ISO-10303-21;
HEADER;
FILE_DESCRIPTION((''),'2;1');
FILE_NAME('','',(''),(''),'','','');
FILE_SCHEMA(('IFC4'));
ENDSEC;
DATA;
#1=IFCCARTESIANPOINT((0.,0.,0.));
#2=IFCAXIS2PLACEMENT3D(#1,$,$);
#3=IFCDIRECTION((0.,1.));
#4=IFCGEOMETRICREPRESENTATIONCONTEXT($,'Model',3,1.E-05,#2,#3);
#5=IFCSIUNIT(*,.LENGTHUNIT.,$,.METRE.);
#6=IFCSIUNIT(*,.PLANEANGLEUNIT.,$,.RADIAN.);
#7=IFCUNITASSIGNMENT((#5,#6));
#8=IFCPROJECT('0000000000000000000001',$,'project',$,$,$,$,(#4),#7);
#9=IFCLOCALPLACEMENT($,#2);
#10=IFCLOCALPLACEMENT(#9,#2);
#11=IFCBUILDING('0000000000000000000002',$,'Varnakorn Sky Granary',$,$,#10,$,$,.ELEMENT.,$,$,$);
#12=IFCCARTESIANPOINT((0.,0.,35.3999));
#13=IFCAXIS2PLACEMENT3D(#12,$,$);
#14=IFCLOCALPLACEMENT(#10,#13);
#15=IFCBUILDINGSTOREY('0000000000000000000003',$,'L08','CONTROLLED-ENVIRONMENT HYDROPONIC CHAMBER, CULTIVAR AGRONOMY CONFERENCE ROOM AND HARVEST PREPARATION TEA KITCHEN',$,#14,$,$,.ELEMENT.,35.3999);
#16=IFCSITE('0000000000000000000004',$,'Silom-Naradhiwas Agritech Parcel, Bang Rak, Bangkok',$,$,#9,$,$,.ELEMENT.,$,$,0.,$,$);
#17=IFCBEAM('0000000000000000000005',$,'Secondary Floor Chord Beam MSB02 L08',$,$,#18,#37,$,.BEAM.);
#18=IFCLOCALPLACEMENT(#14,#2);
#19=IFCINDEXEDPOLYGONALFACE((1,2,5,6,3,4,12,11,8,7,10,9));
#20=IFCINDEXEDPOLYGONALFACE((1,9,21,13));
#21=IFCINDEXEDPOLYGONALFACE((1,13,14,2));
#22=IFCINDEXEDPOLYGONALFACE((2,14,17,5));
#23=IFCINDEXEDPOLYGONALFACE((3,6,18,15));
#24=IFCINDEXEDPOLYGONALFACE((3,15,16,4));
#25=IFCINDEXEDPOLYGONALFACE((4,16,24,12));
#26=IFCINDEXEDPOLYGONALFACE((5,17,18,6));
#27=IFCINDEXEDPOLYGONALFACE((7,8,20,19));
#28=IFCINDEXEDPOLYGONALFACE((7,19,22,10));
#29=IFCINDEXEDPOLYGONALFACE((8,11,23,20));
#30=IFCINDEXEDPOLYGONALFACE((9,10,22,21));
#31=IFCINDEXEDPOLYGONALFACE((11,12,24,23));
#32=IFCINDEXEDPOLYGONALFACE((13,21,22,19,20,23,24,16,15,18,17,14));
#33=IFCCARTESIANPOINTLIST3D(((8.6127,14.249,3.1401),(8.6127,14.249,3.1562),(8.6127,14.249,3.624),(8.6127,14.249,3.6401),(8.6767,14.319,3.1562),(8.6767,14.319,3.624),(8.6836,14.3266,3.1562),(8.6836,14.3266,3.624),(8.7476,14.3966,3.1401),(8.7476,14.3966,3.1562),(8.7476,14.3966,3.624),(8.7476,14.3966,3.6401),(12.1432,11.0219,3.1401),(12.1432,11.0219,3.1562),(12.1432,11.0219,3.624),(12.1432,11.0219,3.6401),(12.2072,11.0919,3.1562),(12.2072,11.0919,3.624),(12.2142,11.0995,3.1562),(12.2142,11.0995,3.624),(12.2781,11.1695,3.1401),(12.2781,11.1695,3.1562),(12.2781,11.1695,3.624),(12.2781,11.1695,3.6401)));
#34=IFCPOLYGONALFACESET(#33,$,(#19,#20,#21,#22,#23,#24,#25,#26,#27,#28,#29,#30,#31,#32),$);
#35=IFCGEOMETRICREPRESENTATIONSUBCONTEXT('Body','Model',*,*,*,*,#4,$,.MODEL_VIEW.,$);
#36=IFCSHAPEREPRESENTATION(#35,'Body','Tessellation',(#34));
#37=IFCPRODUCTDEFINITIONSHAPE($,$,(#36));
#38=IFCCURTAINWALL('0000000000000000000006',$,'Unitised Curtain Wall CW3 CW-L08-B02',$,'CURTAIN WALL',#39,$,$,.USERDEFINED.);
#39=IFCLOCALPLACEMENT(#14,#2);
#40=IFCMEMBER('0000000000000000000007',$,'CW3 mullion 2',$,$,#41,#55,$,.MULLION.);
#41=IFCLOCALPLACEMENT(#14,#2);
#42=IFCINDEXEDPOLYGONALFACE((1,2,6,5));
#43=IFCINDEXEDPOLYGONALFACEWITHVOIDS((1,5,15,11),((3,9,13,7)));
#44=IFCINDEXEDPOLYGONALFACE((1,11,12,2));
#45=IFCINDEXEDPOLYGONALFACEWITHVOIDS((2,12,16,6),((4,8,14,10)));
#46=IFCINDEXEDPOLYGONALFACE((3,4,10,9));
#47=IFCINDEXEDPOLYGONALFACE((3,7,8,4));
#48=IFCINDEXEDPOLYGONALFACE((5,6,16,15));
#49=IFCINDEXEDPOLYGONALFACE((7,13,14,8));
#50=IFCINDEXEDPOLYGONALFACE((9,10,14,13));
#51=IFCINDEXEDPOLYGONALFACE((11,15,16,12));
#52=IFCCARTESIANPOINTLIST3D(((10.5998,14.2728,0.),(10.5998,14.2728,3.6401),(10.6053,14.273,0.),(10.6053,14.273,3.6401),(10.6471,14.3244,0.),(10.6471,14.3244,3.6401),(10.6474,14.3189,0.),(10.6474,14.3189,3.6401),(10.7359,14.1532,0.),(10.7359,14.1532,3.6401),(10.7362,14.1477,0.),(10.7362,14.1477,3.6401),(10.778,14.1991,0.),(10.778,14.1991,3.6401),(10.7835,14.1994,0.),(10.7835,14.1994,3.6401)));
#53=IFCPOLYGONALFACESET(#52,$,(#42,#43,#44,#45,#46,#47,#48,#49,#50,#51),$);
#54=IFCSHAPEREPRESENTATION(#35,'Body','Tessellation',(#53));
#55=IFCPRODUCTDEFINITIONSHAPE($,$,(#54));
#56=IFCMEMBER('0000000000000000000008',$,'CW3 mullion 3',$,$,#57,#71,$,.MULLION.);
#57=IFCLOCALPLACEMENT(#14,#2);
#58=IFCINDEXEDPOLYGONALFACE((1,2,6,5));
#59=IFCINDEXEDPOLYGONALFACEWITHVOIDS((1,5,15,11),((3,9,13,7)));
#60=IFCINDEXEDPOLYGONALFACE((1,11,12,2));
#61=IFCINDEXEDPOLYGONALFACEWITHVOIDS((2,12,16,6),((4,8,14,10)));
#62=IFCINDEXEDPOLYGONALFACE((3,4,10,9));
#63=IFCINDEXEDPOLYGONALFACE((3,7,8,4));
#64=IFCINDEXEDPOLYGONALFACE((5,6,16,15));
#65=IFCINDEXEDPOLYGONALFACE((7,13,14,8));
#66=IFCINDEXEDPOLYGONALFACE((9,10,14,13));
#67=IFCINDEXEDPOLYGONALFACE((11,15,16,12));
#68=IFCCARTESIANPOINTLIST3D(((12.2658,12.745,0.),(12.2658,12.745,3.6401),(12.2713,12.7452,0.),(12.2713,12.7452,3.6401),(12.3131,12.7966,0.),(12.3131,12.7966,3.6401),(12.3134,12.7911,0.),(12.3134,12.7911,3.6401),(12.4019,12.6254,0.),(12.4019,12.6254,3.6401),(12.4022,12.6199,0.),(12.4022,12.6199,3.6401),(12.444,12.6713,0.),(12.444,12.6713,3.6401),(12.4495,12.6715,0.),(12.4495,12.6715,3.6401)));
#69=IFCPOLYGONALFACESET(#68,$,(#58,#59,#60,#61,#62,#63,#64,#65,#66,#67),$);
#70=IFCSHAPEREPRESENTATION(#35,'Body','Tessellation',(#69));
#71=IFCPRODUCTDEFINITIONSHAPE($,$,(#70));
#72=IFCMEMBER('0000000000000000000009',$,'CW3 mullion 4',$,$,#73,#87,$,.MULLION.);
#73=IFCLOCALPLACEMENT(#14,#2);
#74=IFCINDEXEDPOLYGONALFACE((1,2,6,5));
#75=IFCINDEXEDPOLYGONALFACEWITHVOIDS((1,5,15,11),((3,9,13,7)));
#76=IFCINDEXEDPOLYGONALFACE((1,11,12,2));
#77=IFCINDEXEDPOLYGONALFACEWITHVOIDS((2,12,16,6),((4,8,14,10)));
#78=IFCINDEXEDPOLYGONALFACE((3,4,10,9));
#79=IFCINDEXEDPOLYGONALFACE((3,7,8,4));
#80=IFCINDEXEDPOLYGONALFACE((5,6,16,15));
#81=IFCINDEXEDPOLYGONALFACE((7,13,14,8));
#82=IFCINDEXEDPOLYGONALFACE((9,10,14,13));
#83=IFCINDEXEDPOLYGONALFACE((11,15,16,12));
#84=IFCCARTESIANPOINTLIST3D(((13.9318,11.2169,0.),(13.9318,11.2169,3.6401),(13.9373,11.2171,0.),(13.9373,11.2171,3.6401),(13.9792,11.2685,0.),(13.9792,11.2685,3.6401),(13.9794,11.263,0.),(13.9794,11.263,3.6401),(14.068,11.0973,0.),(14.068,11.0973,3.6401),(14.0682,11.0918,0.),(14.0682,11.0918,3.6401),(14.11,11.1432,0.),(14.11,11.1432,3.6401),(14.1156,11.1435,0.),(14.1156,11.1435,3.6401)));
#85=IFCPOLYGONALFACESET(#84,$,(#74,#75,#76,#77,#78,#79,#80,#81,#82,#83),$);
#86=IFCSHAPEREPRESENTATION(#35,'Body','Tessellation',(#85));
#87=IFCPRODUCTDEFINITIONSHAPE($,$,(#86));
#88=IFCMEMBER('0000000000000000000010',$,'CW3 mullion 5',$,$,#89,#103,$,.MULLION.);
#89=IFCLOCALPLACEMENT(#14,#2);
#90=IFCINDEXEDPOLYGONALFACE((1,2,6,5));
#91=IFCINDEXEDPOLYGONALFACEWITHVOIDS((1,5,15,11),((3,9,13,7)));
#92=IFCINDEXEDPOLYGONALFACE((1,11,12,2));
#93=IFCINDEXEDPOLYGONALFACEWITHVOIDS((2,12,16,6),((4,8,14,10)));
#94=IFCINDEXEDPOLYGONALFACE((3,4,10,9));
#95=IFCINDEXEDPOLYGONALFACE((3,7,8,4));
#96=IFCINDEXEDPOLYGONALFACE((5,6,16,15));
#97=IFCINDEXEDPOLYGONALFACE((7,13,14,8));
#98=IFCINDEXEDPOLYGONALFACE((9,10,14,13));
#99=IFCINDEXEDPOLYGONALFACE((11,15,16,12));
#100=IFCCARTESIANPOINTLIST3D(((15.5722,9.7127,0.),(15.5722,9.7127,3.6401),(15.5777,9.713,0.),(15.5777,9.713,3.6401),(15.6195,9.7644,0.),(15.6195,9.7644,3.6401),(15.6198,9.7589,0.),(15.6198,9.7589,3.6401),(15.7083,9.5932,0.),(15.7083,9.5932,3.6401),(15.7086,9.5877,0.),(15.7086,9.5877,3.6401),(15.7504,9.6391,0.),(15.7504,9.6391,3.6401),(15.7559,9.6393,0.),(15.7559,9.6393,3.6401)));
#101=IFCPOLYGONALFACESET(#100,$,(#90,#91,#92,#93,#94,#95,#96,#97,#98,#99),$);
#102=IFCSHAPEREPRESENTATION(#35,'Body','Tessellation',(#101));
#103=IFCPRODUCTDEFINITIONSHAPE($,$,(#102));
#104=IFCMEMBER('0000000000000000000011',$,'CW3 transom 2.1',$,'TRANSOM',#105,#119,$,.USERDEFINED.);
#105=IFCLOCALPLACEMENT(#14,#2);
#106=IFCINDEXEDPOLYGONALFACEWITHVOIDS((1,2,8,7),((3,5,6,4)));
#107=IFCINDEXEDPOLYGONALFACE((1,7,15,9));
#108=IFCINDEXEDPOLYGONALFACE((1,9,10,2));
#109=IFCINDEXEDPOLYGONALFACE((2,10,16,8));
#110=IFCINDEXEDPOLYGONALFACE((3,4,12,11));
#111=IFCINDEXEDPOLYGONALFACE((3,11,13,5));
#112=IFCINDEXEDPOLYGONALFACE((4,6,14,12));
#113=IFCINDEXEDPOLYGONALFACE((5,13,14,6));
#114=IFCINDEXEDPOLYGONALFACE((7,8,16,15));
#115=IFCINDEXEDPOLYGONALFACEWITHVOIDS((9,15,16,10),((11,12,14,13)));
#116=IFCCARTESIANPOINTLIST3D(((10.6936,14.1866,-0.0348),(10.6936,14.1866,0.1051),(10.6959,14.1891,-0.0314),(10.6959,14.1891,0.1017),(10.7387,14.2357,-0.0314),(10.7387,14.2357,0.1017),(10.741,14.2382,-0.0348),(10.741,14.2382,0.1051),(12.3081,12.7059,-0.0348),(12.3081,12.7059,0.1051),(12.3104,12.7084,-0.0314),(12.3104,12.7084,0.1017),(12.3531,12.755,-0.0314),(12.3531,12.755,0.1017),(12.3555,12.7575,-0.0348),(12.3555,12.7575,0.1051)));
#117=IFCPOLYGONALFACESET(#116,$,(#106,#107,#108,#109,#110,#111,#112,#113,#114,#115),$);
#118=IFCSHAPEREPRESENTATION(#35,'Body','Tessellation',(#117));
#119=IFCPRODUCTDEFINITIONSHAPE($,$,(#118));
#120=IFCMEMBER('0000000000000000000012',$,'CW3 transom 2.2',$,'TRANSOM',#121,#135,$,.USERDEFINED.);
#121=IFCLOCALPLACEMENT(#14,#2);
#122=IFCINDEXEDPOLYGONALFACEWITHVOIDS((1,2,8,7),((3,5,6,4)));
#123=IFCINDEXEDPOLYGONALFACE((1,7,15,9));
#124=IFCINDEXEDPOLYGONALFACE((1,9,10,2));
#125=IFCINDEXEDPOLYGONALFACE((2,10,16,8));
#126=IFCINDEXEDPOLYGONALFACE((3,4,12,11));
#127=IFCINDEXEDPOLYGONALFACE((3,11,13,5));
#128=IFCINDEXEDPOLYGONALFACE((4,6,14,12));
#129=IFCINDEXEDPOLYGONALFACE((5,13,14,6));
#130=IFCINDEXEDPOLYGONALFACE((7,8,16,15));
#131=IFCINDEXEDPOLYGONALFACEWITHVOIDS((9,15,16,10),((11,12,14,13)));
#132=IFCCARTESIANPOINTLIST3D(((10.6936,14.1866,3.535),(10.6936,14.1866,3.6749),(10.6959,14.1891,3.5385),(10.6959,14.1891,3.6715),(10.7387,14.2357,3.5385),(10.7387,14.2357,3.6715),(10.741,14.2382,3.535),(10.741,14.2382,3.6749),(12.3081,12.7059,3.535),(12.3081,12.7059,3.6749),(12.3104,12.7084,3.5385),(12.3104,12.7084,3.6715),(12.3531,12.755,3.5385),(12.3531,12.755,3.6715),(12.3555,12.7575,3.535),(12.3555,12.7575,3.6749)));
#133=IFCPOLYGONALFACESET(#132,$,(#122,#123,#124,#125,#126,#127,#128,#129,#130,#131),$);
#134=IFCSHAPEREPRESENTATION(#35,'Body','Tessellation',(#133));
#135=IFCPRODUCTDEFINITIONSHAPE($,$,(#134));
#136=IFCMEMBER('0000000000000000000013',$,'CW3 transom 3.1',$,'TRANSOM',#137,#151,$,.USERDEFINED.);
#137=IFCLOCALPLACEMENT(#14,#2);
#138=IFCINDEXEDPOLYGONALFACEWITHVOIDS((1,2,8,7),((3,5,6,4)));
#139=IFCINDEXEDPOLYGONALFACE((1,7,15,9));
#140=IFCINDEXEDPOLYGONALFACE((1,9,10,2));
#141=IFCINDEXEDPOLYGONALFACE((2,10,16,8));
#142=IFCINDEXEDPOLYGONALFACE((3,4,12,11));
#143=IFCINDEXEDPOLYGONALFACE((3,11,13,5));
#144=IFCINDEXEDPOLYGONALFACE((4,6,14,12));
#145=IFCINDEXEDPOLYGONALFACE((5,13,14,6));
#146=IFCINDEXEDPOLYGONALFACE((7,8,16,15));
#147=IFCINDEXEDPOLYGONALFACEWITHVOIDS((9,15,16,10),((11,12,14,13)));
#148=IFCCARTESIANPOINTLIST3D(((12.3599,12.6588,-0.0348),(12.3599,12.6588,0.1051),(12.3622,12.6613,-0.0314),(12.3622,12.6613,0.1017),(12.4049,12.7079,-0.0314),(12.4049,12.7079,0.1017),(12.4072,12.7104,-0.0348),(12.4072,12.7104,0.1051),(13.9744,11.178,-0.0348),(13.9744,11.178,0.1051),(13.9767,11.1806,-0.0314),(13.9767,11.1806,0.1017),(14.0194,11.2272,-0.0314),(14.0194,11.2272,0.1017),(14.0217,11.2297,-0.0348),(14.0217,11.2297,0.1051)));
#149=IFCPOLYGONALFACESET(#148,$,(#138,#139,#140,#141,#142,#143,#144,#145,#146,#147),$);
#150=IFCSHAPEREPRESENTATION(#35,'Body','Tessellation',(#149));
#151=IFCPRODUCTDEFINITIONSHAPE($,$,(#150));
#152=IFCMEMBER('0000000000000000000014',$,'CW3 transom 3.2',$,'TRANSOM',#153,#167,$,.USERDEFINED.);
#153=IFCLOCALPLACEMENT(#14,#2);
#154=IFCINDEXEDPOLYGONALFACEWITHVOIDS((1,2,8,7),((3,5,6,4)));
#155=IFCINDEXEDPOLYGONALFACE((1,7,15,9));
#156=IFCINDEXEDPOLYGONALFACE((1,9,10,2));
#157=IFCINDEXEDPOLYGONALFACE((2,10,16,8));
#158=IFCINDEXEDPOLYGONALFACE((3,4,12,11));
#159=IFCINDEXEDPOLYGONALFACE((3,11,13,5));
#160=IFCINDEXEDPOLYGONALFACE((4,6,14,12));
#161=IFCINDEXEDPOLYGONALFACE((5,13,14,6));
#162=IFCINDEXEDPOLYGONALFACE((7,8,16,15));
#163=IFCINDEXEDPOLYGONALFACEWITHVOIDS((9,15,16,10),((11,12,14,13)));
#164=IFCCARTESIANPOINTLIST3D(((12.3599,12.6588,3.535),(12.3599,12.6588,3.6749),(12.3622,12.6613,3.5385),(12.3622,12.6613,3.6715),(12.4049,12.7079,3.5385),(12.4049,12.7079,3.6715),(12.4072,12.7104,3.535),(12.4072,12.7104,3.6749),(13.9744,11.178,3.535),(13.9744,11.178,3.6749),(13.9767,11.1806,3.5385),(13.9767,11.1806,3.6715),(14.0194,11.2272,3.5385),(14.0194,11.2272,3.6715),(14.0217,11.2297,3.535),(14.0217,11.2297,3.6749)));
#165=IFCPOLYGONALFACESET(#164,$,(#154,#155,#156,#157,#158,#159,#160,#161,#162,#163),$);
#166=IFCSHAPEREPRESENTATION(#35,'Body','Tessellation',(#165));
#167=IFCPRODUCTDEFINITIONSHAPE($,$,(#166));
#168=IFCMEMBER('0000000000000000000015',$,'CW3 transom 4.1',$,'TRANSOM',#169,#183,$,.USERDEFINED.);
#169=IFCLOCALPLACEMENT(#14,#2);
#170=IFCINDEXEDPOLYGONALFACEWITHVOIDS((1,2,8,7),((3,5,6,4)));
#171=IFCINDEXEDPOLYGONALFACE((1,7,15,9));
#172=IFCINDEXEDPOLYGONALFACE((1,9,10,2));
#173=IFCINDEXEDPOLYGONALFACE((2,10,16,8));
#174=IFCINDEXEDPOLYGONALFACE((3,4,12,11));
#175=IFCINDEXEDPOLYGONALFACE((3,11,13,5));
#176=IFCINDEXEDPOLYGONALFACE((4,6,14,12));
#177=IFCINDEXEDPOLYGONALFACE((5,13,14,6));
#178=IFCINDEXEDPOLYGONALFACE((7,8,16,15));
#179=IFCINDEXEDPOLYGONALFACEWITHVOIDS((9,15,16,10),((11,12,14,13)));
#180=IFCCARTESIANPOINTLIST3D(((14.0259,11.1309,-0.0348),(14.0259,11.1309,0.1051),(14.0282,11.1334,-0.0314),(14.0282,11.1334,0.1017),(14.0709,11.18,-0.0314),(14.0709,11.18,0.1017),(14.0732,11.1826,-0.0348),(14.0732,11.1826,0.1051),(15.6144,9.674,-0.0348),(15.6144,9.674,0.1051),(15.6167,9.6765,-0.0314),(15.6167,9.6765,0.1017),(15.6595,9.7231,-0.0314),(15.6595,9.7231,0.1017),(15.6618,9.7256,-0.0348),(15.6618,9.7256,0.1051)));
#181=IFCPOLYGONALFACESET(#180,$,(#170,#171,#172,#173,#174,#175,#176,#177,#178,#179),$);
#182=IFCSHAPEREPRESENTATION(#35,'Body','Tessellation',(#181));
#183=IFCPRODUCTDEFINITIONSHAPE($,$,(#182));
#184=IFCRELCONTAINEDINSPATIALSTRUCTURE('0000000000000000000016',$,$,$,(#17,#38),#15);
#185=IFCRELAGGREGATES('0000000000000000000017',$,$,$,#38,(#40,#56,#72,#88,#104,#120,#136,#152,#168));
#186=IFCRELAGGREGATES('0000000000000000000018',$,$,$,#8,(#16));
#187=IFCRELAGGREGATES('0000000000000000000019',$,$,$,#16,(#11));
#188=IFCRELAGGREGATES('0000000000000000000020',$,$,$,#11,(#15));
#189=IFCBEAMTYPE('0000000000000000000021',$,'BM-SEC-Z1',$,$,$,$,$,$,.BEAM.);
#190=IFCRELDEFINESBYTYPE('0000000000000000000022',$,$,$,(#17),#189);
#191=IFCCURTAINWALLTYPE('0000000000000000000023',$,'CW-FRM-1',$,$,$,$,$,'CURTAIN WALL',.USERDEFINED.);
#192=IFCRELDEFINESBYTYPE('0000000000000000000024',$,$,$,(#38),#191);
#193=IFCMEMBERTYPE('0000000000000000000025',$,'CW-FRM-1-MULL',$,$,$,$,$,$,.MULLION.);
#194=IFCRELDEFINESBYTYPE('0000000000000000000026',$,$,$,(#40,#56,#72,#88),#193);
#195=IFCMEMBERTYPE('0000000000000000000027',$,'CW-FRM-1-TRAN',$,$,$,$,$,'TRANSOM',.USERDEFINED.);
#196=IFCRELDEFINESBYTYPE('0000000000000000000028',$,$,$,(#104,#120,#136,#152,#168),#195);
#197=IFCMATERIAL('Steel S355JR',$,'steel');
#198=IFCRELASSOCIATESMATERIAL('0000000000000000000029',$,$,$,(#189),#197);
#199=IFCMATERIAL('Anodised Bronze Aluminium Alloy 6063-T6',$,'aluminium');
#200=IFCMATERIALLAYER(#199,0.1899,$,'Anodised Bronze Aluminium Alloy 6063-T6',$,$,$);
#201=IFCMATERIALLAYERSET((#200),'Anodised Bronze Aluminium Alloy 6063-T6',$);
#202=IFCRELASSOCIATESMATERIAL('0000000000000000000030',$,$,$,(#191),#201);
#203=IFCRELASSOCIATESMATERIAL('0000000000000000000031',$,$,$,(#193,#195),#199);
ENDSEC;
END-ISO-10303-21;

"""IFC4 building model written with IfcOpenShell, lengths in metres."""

from ifc_helpers import new_model, si_unit, direction, frame, origin, origin_2d, place, context, subcontext, project, spatial, hollow_rectangle, i_section, extrude, material, layer, layer_set, material_profile, profile_set, type_object, element, aggregate, save


model = new_model("IFC4")

# Units and contexts
model_context = context("Model", 3, precision=1e-05, world=origin(), true_north=direction((0.0, 1.0)))
body_context = subcontext(model_context, "Body", "Model", "MODEL_VIEW")
ifc_project = project(units=[si_unit("LENGTHUNIT", "METRE"), si_unit("PLANEANGLEUNIT", "RADIAN")], contexts=[model_context])

# Site, building, storey
site_placement = place(None, origin())
site = spatial("IfcSite", under=ifc_project, at=site_placement, Name="Silom-Naradhiwas Agritech Parcel, Bang Rak, Bangkok", CompositionType="ELEMENT", RefElevation=0.0)
building_placement = place(site_placement, origin())
building = spatial("IfcBuilding", under=site, at=building_placement, Name="Varnakorn Sky Granary", CompositionType="ELEMENT")
storey_placement = place(building_placement, frame((0.0, 0.0, 35.3999)))
storey = spatial("IfcBuildingStorey", under=building, at=storey_placement, Name="L08", Description="CONTROLLED-ENVIRONMENT HYDROPONIC CHAMBER, CULTIVAR AGRONOMY CONFERENCE ROOM AND HARVEST PREPARATION TEA KITCHEN", CompositionType="ELEMENT", Elevation=35.3999)

# Beam
ifc_material_1 = material(Name="Steel S355JR", Category="steel")
ifc_material_profile_1 = material_profile(ifc_material_1, i_section(OverallWidth=0.2, OverallDepth=0.5, WebThickness=0.0103, FlangeThickness=0.0161, at=origin_2d()), Name="IPE 500")
ifc_profile_set_1 = profile_set([ifc_material_profile_1], Name="Steel S355JR")
beam_type = type_object("IfcBeamType", Name="BM-SEC-Z1", PredefinedType="BEAM", material=ifc_profile_set_1)
beam_placement = place(storey_placement, frame((12.2107, 11.0957, 3.3901), z_axis=(-0.738117, 0.674672, 0.0), x_axis=(-0.674672, -0.738117, 0.0)))
element("IfcBeam", 1, at=beam_placement, inside=storey, type_object=beam_type, Name="Secondary Floor Chord Beam MSB02 L08", PredefinedType="BEAM", context=body_context, shape_type="SweptSolid", body=[
    extrude(i_section(OverallWidth=0.2, OverallDepth=0.5, WebThickness=0.0103, FlangeThickness=0.0161, at=origin_2d()), origin(), (0.0, 0.0, 1.0), 4.7832),
])

# Curtain wall, members
ifc_material_2 = material(Name="Anodised Bronze Aluminium Alloy 6063-T6", Category="aluminium")
ifc_layer_1 = layer(ifc_material_2, 0.1899, Name="Anodised Bronze Aluminium Alloy 6063-T6")
ifc_layer_set_1 = layer_set([ifc_layer_1], Name="Anodised Bronze Aluminium Alloy 6063-T6")
curtain_wall_type = type_object("IfcCurtainWallType", Name="CW-FRM-1", ElementType="CURTAIN WALL", PredefinedType="USERDEFINED", material=ifc_layer_set_1)
curtain_wall_placement = place(storey_placement, origin())
curtain_wall = element("IfcCurtainWall", 2, at=curtain_wall_placement, inside=storey, type_object=curtain_wall_type, Name="Unitised Curtain Wall CW3 CW-L08-B02", ObjectType="CURTAIN WALL", PredefinedType="USERDEFINED")
ifc_material_profile_2 = material_profile(ifc_material_2, hollow_rectangle(XDim=0.0701, YDim=0.1851, WallThickness=0.0039, at=origin_2d()), Name="ALU MULL 70x185")
ifc_profile_set_2 = profile_set([ifc_material_profile_2], Name="Anodised Bronze Aluminium Alloy 6063-T6")
member_type_1 = type_object("IfcMemberType", Name="CW-FRM-1-MULL", PredefinedType="MULLION", material=ifc_profile_set_2)
member_1_placement = place(storey_placement, frame((10.6917, 14.2361, 0.0), z_axis=(0.0, 0.0, 1.0), x_axis=(0.675878, 0.737013, 0.0)))
member_1 = element("IfcMember", 3, at=member_1_placement, type_object=member_type_1, Name="CW3 mullion 2", PredefinedType="MULLION", context=body_context, shape_type="SweptSolid", body=[
    extrude(hollow_rectangle(XDim=0.0701, YDim=0.1851, WallThickness=0.0039, at=origin_2d()), origin(), (0.0, 0.0, 1.0), 3.6401),
])
member_2_placement = place(storey_placement, frame((12.3577, 12.7083, 0.0), z_axis=(0.0, 0.0, 1.0), x_axis=(0.675878, 0.737013, 0.0)))
member_2 = element("IfcMember", 4, at=member_2_placement, type_object=member_type_1, Name="CW3 mullion 3", PredefinedType="MULLION", context=body_context, shape_type="SweptSolid", body=[
    extrude(hollow_rectangle(XDim=0.0701, YDim=0.1851, WallThickness=0.0039, at=origin_2d()), origin(), (0.0, 0.0, 1.0), 3.6401),
])
member_3_placement = place(storey_placement, frame((14.0237, 11.1802, 0.0), z_axis=(0.0, 0.0, 1.0), x_axis=(0.675878, 0.737013, 0.0)))
member_3 = element("IfcMember", 5, at=member_3_placement, type_object=member_type_1, Name="CW3 mullion 4", PredefinedType="MULLION", context=body_context, shape_type="SweptSolid", body=[
    extrude(hollow_rectangle(XDim=0.0701, YDim=0.1851, WallThickness=0.0039, at=origin_2d()), origin(), (0.0, 0.0, 1.0), 3.6401),
])
member_4_placement = place(storey_placement, frame((15.6641, 9.676, 0.0), z_axis=(0.0, 0.0, 1.0), x_axis=(0.675878, 0.737013, 0.0)))
member_4 = element("IfcMember", 6, at=member_4_placement, type_object=member_type_1, Name="CW3 mullion 5", PredefinedType="MULLION", context=body_context, shape_type="SweptSolid", body=[
    extrude(hollow_rectangle(XDim=0.0701, YDim=0.1851, WallThickness=0.0039, at=origin_2d()), origin(), (0.0, 0.0, 1.0), 3.6401),
])
ifc_material_profile_3 = material_profile(ifc_material_2, hollow_rectangle(XDim=0.0701, YDim=0.1399, WallThickness=0.0034, at=origin_2d()), Name="ALU TRAN 70x140")
ifc_profile_set_3 = profile_set([ifc_material_profile_3], Name="Anodised Bronze Aluminium Alloy 6063-T6")
member_type_2 = type_object("IfcMemberType", Name="CW-FRM-1-TRAN", ElementType="TRANSOM", PredefinedType="USERDEFINED", material=ifc_profile_set_3)
member_5_placement = place(storey_placement, frame((10.7173, 14.2124, 0.0352), z_axis=(0.736983, -0.675911, 0.0), x_axis=(0.675911, 0.736983, 0.0)))
member_5 = element("IfcMember", 7, at=member_5_placement, type_object=member_type_2, Name="CW3 transom 2.1", ObjectType="TRANSOM", PredefinedType="USERDEFINED", context=body_context, shape_type="SweptSolid", body=[
    extrude(hollow_rectangle(XDim=0.0701, YDim=0.1399, WallThickness=0.0034, at=origin_2d()), origin(), (0.0, 0.0, 1.0), 2.1907),
])
member_6_placement = place(storey_placement, frame((10.7173, 14.2124, 3.605), z_axis=(0.736983, -0.675911, 0.0), x_axis=(0.675911, 0.736983, 0.0)))
member_6 = element("IfcMember", 8, at=member_6_placement, type_object=member_type_2, Name="CW3 transom 2.2", ObjectType="TRANSOM", PredefinedType="USERDEFINED", context=body_context, shape_type="SweptSolid", body=[
    extrude(hollow_rectangle(XDim=0.0701, YDim=0.1399, WallThickness=0.0034, at=origin_2d()), origin(), (0.0, 0.0, 1.0), 2.1907),
])
member_7_placement = place(storey_placement, frame((12.3835, 12.6846, 0.0352), z_axis=(0.736983, -0.675911, 0.0), x_axis=(0.675911, 0.736983, 0.0)))
member_7 = element("IfcMember", 9, at=member_7_placement, type_object=member_type_2, Name="CW3 transom 3.1", ObjectType="TRANSOM", PredefinedType="USERDEFINED", context=body_context, shape_type="SweptSolid", body=[
    extrude(hollow_rectangle(XDim=0.0701, YDim=0.1399, WallThickness=0.0034, at=origin_2d()), origin(), (0.0, 0.0, 1.0), 2.1907),
])
member_8_placement = place(storey_placement, frame((12.3835, 12.6846, 3.605), z_axis=(0.736983, -0.675911, 0.0), x_axis=(0.675911, 0.736983, 0.0)))
member_8 = element("IfcMember", 10, at=member_8_placement, type_object=member_type_2, Name="CW3 transom 3.2", ObjectType="TRANSOM", PredefinedType="USERDEFINED", context=body_context, shape_type="SweptSolid", body=[
    extrude(hollow_rectangle(XDim=0.0701, YDim=0.1399, WallThickness=0.0034, at=origin_2d()), origin(), (0.0, 0.0, 1.0), 2.1907),
])
member_9_placement = place(storey_placement, frame((14.0496, 11.1567, 0.0352), z_axis=(0.736971, -0.675925, 0.0), x_axis=(0.675925, 0.736971, 0.0)))
member_9 = element("IfcMember", 11, at=member_9_placement, type_object=member_type_2, Name="CW3 transom 4.1", ObjectType="TRANSOM", PredefinedType="USERDEFINED", context=body_context, shape_type="SweptSolid", body=[
    extrude(hollow_rectangle(XDim=0.0701, YDim=0.1399, WallThickness=0.0034, at=origin_2d()), origin(), (0.0, 0.0, 1.0), 2.1555),
])

aggregate(curtain_wall, [member_1, member_2, member_3, member_4, member_5, member_6, member_7, member_8, member_9])

save(model, "model.ifc")
